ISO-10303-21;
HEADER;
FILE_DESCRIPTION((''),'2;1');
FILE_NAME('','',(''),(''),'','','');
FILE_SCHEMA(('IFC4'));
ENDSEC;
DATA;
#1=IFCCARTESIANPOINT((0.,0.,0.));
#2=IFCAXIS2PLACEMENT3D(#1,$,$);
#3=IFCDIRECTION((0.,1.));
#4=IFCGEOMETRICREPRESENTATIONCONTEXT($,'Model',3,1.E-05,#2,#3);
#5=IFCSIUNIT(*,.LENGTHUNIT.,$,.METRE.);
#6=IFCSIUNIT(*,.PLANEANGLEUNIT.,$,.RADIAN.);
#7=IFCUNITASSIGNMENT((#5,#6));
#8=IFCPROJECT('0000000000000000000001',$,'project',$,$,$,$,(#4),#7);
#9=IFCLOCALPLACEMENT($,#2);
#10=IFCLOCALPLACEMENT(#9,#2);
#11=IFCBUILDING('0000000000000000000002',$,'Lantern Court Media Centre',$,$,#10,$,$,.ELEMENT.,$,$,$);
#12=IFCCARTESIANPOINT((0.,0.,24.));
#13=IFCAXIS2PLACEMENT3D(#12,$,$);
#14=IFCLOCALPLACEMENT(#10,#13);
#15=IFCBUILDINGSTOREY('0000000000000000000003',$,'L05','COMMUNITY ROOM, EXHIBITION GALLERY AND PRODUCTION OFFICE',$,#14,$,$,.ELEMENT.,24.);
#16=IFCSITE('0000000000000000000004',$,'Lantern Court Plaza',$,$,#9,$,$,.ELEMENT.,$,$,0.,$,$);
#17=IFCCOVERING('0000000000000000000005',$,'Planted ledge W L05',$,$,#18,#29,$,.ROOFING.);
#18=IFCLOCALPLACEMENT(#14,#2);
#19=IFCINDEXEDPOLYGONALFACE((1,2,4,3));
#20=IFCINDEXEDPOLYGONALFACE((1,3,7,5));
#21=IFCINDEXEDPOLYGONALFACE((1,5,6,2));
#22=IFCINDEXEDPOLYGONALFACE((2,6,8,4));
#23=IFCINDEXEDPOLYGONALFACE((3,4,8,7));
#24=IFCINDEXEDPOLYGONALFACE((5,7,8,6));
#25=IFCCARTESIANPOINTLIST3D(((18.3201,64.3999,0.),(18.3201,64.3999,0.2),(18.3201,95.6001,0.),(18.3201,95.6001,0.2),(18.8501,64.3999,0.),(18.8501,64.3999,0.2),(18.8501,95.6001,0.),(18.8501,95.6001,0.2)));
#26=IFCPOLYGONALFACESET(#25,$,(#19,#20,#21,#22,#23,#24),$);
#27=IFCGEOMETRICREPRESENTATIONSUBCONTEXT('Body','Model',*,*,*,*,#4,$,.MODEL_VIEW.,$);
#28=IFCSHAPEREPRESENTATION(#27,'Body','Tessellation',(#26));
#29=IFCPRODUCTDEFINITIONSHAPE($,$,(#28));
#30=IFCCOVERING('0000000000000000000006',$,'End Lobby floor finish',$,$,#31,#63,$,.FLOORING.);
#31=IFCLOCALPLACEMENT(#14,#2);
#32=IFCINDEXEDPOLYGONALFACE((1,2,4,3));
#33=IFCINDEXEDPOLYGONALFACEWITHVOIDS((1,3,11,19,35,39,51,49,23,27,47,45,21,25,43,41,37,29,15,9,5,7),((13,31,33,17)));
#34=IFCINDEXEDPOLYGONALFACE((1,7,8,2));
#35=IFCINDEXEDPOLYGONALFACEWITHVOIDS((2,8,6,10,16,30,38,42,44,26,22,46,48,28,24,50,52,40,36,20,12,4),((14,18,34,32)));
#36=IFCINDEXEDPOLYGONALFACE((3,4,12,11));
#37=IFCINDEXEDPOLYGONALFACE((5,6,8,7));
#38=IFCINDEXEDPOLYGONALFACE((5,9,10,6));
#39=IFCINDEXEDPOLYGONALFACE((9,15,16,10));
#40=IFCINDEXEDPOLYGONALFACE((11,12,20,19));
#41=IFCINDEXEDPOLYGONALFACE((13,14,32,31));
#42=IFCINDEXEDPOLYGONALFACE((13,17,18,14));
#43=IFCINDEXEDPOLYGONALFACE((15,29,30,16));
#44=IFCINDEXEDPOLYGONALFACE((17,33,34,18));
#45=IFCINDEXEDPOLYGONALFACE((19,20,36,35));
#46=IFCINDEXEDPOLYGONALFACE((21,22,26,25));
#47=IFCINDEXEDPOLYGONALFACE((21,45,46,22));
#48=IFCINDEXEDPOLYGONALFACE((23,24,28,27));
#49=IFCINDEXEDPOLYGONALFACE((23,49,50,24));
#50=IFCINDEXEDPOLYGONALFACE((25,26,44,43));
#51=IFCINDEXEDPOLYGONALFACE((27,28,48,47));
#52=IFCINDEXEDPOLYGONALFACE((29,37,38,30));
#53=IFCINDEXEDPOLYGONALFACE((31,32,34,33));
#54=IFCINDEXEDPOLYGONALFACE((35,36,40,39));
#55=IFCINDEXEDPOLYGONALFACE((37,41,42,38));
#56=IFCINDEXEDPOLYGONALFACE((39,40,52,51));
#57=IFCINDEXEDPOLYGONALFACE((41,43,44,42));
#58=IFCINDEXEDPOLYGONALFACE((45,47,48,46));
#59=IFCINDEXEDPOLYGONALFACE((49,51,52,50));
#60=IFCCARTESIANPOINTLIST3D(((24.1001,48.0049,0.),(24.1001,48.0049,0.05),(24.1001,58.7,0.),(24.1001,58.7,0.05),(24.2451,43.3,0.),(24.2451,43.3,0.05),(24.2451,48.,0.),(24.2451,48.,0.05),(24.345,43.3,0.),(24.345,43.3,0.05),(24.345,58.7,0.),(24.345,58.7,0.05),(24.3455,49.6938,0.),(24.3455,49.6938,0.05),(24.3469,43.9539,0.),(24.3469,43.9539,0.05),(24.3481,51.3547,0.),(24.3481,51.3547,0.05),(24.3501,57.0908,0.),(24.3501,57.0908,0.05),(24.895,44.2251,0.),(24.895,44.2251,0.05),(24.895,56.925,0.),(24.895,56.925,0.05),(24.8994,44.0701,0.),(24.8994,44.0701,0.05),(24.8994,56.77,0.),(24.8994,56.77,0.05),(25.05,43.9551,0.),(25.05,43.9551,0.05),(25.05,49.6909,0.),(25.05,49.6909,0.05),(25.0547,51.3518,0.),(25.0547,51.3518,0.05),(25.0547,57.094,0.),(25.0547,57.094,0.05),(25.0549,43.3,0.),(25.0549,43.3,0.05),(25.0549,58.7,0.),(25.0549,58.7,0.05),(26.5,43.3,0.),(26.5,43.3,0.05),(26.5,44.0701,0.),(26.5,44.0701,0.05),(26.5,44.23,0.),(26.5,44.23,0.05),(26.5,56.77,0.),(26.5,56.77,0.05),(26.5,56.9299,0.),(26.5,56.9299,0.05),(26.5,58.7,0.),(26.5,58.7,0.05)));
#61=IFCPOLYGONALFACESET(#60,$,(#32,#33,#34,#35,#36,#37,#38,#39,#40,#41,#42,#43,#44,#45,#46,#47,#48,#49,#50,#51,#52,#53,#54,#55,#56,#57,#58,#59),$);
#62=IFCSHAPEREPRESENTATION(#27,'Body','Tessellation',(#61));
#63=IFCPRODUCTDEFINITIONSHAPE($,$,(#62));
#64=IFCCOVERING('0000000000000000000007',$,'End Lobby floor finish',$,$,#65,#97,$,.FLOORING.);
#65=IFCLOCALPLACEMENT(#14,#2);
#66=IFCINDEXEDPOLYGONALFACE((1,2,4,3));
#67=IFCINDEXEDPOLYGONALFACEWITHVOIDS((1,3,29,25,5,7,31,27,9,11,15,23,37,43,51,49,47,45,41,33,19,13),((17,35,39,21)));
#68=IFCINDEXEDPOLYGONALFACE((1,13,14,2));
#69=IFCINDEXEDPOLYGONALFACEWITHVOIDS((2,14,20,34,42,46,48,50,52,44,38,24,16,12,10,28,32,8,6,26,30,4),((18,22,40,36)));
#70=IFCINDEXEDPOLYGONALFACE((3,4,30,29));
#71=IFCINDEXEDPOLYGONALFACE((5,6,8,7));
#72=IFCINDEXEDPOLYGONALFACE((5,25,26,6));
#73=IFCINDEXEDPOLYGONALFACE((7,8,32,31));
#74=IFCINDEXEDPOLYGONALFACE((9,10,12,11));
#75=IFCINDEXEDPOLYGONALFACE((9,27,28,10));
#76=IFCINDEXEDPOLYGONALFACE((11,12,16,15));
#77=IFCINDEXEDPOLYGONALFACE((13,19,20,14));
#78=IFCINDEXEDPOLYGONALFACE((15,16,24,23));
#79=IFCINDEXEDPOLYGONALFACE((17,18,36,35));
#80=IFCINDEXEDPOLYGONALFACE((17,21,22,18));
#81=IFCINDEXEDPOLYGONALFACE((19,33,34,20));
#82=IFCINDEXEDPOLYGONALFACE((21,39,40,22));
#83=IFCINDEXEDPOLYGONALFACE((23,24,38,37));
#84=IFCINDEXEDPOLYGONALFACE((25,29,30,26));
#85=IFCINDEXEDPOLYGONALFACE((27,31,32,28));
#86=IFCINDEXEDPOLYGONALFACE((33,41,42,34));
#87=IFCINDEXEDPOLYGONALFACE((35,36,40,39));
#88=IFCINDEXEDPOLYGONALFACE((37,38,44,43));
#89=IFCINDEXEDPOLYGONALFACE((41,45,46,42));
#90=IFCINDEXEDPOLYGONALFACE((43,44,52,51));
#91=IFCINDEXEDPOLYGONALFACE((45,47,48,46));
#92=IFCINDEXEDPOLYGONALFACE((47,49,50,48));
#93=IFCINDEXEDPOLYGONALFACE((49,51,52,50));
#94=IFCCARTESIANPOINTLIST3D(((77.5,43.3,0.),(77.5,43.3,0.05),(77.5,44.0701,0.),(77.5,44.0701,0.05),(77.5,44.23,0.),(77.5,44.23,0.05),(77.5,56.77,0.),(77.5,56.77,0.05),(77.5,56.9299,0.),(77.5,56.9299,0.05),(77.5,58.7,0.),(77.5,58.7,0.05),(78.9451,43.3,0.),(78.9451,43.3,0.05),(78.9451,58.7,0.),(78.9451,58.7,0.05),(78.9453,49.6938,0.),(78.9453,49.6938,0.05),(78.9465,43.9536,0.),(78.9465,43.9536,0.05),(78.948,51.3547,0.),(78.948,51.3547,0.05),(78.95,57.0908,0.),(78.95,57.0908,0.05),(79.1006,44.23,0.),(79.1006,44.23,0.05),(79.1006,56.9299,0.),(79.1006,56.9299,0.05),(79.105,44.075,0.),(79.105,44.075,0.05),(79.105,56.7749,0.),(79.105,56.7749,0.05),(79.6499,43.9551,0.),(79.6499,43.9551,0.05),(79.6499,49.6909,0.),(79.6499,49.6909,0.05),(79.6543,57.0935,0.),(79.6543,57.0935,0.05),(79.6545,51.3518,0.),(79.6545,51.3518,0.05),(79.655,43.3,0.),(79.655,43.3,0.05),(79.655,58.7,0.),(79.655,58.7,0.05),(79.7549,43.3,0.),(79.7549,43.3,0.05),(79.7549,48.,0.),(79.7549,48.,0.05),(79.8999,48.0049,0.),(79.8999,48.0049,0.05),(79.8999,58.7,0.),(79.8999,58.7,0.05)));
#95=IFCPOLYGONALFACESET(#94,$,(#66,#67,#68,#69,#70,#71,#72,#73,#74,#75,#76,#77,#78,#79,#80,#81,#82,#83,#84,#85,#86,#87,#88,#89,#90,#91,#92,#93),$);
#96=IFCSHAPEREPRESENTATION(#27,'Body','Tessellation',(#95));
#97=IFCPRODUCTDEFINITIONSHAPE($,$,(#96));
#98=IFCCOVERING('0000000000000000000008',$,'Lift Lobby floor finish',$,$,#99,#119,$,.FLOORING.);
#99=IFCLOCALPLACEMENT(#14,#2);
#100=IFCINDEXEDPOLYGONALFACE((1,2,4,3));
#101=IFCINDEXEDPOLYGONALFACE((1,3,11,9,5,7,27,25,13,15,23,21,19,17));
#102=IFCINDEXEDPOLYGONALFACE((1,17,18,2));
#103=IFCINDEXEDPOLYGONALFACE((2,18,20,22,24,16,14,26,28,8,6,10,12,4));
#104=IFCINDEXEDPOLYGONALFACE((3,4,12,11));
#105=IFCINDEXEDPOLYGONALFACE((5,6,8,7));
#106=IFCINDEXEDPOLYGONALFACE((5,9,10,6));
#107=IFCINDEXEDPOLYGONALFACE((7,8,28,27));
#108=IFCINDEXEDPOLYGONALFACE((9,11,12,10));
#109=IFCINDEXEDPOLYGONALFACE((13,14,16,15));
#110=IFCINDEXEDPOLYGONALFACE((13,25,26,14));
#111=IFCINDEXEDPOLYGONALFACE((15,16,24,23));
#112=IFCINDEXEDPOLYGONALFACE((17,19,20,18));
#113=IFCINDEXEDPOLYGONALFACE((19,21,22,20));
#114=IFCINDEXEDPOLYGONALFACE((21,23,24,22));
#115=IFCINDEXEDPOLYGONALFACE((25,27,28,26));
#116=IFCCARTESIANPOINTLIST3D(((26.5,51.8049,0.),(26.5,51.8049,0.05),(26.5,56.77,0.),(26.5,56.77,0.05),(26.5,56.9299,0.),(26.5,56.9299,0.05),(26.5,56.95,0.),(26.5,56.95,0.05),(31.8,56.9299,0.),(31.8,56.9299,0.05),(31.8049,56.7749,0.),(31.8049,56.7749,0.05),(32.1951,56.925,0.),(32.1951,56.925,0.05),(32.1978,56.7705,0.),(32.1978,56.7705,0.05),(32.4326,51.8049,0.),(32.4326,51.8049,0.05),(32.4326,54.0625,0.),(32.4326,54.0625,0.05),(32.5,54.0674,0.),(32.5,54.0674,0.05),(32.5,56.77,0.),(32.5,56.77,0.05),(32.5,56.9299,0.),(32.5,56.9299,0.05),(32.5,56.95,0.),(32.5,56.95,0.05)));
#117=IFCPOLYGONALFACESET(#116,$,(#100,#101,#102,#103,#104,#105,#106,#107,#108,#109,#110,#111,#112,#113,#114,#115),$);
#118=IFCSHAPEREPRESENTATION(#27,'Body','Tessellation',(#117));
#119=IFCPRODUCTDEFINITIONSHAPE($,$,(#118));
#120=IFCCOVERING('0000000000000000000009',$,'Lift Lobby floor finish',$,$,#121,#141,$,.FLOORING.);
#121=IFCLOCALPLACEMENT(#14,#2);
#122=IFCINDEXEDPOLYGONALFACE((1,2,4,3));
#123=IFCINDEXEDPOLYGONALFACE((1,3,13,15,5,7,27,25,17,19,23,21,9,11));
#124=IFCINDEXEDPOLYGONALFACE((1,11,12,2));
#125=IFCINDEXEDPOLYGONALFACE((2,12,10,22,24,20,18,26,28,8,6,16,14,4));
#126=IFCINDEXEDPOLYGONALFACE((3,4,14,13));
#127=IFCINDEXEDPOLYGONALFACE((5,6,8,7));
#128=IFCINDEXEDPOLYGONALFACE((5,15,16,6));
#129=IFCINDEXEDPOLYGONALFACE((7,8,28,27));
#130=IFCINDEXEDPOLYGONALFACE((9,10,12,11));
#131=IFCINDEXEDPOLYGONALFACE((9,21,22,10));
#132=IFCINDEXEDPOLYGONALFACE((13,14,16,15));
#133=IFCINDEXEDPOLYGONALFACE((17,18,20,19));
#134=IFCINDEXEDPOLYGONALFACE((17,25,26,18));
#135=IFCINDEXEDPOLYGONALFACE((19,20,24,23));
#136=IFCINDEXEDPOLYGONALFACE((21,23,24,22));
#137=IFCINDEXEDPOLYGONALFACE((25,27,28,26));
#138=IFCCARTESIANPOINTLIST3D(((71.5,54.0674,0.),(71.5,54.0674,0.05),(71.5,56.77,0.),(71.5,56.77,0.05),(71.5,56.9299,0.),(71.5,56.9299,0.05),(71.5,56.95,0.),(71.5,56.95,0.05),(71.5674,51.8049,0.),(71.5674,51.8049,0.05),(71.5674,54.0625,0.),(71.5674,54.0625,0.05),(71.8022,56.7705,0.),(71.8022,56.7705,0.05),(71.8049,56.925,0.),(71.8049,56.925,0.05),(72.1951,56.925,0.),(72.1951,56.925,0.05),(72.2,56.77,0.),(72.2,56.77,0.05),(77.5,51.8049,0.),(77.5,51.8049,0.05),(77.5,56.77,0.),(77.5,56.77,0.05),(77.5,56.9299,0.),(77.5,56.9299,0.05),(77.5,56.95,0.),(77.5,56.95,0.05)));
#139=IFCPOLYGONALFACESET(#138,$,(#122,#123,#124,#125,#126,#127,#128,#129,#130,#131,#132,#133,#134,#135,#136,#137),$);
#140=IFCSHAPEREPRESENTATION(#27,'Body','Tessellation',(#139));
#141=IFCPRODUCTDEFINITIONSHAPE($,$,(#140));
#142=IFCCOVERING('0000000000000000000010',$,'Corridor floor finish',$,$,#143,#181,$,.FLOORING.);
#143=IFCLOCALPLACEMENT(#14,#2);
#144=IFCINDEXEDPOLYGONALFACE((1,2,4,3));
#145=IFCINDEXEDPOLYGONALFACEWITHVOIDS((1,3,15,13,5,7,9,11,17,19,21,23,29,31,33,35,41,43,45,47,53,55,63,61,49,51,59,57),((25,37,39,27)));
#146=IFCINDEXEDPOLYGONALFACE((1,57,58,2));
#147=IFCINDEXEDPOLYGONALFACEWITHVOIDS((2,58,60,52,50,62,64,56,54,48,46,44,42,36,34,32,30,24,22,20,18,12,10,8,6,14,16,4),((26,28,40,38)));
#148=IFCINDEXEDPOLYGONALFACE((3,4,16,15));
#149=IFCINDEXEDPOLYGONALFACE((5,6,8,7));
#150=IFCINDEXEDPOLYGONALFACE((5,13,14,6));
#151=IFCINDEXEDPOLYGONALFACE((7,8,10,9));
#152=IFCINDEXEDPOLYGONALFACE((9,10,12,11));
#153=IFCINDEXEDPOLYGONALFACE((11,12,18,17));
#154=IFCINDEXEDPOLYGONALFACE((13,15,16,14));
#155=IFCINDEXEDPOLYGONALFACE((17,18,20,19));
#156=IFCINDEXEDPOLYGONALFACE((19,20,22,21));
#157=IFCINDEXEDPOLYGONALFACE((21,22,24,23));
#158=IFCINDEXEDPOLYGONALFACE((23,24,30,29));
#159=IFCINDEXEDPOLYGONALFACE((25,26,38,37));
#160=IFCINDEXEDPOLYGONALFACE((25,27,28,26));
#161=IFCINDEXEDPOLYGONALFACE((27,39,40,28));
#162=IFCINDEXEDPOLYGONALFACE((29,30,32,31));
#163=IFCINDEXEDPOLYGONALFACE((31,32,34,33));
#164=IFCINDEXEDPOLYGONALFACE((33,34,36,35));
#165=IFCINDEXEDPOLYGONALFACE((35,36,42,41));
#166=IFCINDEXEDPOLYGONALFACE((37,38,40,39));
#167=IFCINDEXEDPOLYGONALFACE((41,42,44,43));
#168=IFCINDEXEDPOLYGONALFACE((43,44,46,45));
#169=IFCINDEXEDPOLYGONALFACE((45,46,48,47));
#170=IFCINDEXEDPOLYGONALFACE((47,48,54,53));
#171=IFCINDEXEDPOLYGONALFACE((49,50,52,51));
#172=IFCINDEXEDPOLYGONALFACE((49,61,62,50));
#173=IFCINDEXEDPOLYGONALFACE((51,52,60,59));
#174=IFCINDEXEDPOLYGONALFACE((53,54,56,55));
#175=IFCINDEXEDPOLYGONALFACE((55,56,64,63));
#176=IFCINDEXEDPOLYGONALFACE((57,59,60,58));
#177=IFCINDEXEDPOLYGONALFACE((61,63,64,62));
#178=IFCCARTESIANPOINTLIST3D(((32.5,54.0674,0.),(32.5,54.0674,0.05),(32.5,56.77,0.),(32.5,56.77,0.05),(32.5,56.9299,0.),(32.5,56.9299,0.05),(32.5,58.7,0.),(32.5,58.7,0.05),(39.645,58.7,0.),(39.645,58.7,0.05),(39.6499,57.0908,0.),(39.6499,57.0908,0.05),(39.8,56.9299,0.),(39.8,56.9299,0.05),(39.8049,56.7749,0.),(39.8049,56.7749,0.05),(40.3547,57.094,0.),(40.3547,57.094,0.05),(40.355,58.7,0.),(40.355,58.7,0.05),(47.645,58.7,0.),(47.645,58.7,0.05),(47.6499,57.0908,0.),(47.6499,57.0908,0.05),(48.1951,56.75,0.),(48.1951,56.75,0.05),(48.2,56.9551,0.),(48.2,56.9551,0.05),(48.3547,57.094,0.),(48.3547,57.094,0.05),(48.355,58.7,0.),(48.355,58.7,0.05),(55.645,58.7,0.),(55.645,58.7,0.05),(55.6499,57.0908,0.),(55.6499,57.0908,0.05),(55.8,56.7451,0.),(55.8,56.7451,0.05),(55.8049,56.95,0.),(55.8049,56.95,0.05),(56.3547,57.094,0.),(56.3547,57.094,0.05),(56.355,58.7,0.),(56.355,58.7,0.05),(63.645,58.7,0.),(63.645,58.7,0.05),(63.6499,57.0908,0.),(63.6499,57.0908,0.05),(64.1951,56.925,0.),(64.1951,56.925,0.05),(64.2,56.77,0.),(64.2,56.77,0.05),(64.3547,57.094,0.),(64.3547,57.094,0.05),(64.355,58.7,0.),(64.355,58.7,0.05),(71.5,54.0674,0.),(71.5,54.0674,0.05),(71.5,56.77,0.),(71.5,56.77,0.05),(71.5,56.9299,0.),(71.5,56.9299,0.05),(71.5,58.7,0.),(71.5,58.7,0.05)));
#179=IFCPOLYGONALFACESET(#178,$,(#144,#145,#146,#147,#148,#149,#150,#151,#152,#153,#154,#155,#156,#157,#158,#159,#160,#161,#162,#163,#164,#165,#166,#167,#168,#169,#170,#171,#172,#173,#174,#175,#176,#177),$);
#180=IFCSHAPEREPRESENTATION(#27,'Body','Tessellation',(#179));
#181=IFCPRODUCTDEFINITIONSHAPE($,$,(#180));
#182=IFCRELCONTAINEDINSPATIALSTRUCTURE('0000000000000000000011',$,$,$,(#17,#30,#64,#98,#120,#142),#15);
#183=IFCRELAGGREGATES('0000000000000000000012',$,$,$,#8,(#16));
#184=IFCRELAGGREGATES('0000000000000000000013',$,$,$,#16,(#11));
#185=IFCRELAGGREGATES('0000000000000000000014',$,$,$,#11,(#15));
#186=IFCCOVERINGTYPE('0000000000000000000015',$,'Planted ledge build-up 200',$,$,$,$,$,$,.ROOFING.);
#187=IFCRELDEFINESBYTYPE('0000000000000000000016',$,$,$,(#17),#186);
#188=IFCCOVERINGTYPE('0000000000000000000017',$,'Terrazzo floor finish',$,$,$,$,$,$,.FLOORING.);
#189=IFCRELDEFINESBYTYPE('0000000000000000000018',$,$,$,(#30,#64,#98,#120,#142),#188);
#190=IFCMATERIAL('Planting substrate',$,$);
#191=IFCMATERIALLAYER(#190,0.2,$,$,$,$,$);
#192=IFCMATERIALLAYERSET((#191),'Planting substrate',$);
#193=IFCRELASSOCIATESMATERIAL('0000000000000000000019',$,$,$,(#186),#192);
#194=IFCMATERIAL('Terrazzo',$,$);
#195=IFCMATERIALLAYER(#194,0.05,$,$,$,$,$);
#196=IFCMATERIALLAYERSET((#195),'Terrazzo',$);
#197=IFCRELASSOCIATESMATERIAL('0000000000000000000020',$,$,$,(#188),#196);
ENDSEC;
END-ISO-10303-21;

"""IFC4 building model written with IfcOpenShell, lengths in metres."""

from ifc_helpers import new_model, si_unit, direction, frame, origin, place, context, subcontext, project, spatial, polyline, outline, extrude, material, layer, layer_set, type_object, element, save


model = new_model("IFC4")

# Units and contexts
model_context = context("Model", 3, precision=1e-05, world=origin(), true_north=direction((0.0, 1.0)))
body_context = subcontext(model_context, "Body", "Model", "MODEL_VIEW")
ifc_project = project(units=[si_unit("LENGTHUNIT", "METRE"), si_unit("PLANEANGLEUNIT", "RADIAN")], contexts=[model_context])

# Site, building, storey
site_placement = place(None, origin())
site = spatial("IfcSite", under=ifc_project, at=site_placement, Name="Lantern Court Plaza", CompositionType="ELEMENT", RefElevation=0.0)
building_placement = place(site_placement, origin())
building = spatial("IfcBuilding", under=site, at=building_placement, Name="Lantern Court Media Centre", CompositionType="ELEMENT")
storey_placement = place(building_placement, frame((0.0, 0.0, 24.0)))
storey = spatial("IfcBuildingStorey", under=building, at=storey_placement, Name="L05", Description="COMMUNITY ROOM, EXHIBITION GALLERY AND PRODUCTION OFFICE", CompositionType="ELEMENT", Elevation=24.0)

# Coverings
ifc_material_1 = material(Name="Planting substrate")
ifc_layer_1 = layer(ifc_material_1, 0.2)
ifc_layer_set_1 = layer_set([ifc_layer_1], Name="Planting substrate")
covering_type_1 = type_object("IfcCoveringType", Name="Planted ledge build-up 200", PredefinedType="ROOFING", material=ifc_layer_set_1)
covering_1_placement = place(storey_placement, origin())
element("IfcCovering", 1, at=covering_1_placement, inside=storey, type_object=covering_type_1, Name="Planted ledge W L05", PredefinedType="ROOFING", context=body_context, shape_type="SweptSolid", body=[
    extrude(outline(polyline([(18.8501, 64.3999), (18.8501, 95.6001), (18.3201, 95.6001), (18.3201, 64.3999), (18.8501, 64.3999)])), origin(), (0.0, 0.0, 1.0), 0.2),
])
ifc_material_2 = material(Name="Terrazzo")
ifc_layer_2 = layer(ifc_material_2, 0.05)
ifc_layer_set_2 = layer_set([ifc_layer_2], Name="Terrazzo")
covering_type_2 = type_object("IfcCoveringType", Name="Terrazzo floor finish", PredefinedType="FLOORING", material=ifc_layer_set_2)
covering_2_placement = place(storey_placement, origin())
element("IfcCovering", 2, at=covering_2_placement, inside=storey, type_object=covering_type_2, Name="End Lobby floor finish", PredefinedType="FLOORING", context=body_context, shape_type="SweptSolid", body=[
    extrude(outline(polyline([(26.5, 43.3), (25.0549, 43.3), (25.05, 43.9551), (24.3469, 43.9539), (24.345, 43.3), (24.2451, 43.3), (24.2451, 48.0), (24.1001, 48.0049), (24.1001, 58.7), (24.345, 58.7), (24.3501, 57.0908), (25.0547, 57.094), (25.0549, 58.7), (26.5, 58.7), (26.5, 56.9299), (24.895, 56.925), (24.8994, 56.77), (26.5, 56.77), (26.5, 44.23), (24.895, 44.2251), (24.8994, 44.0701), (26.5, 44.0701), (26.5, 43.3)]), holes=[polyline([(25.05, 49.6909), (25.0547, 51.3518), (24.3481, 51.3547), (24.3455, 49.6938), (25.05, 49.6909)])]), origin(), (0.0, 0.0, 1.0), 0.05),
])
covering_3_placement = place(storey_placement, origin())
element("IfcCovering", 3, at=covering_3_placement, inside=storey, type_object=covering_type_2, Name="End Lobby floor finish", PredefinedType="FLOORING", context=body_context, shape_type="SweptSolid", body=[
    extrude(outline(polyline([(79.8999, 58.7), (79.8999, 48.0049), (79.7549, 48.0), (79.7549, 43.3), (79.655, 43.3), (79.6499, 43.9551), (78.9465, 43.9536), (78.9451, 43.3), (77.5, 43.3), (77.5, 44.0701), (79.105, 44.075), (79.1006, 44.23), (77.5, 44.23), (77.5, 56.77), (79.105, 56.7749), (79.1006, 56.9299), (77.5, 56.9299), (77.5, 58.7), (78.9451, 58.7), (78.95, 57.0908), (79.6543, 57.0935), (79.655, 58.7), (79.8999, 58.7)]), holes=[polyline([(79.6499, 49.6909), (79.6545, 51.3518), (78.948, 51.3547), (78.9453, 49.6938), (79.6499, 49.6909)])]), origin(), (0.0, 0.0, 1.0), 0.05),
])
covering_4_placement = place(storey_placement, origin())
element("IfcCovering", 4, at=covering_4_placement, inside=storey, type_object=covering_type_2, Name="Lift Lobby floor finish", PredefinedType="FLOORING", context=body_context, shape_type="SweptSolid", body=[
    extrude(outline(polyline([(32.5, 54.0674), (32.4326, 54.0625), (32.4326, 51.8049), (26.5, 51.8049), (26.5, 56.77), (31.8049, 56.7749), (31.8, 56.9299), (26.5, 56.9299), (26.5, 56.95), (32.5, 56.95), (32.5, 56.9299), (32.1951, 56.925), (32.1978, 56.7705), (32.5, 56.77), (32.5, 54.0674)])), origin(), (0.0, 0.0, 1.0), 0.05),
])
covering_5_placement = place(storey_placement, origin())
element("IfcCovering", 5, at=covering_5_placement, inside=storey, type_object=covering_type_2, Name="Lift Lobby floor finish", PredefinedType="FLOORING", context=body_context, shape_type="SweptSolid", body=[
    extrude(outline(polyline([(77.5, 51.8049), (71.5674, 51.8049), (71.5674, 54.0625), (71.5, 54.0674), (71.5, 56.77), (71.8022, 56.7705), (71.8049, 56.925), (71.5, 56.9299), (71.5, 56.95), (77.5, 56.95), (77.5, 56.9299), (72.1951, 56.925), (72.2, 56.77), (77.5, 56.77), (77.5, 51.8049)])), origin(), (0.0, 0.0, 1.0), 0.05),
])
covering_6_placement = place(storey_placement, origin())
element("IfcCovering", 6, at=covering_6_placement, inside=storey, type_object=covering_type_2, Name="Corridor floor finish", PredefinedType="FLOORING", context=body_context, shape_type="SweptSolid", body=[
    extrude(outline(polyline([(71.5, 54.0674), (32.5, 54.0674), (32.5, 56.77), (39.8049, 56.7749), (39.8, 56.9299), (32.5, 56.9299), (32.5, 58.7), (39.645, 58.7), (39.6499, 57.0908), (40.3547, 57.094), (40.355, 58.7), (47.645, 58.7), (47.6499, 57.0908), (48.3547, 57.094), (48.355, 58.7), (55.645, 58.7), (55.6499, 57.0908), (56.3547, 57.094), (56.355, 58.7), (63.645, 58.7), (63.6499, 57.0908), (64.3547, 57.094), (64.355, 58.7), (71.5, 58.7), (71.5, 56.9299), (64.1951, 56.925), (64.2, 56.77), (71.5, 56.77), (71.5, 54.0674)]), holes=[polyline([(48.1951, 56.75), (55.8, 56.7451), (55.8049, 56.95), (48.2, 56.9551), (48.1951, 56.75)])]), origin(), (0.0, 0.0, 1.0), 0.05),
])

save(model, "model.ifc")
